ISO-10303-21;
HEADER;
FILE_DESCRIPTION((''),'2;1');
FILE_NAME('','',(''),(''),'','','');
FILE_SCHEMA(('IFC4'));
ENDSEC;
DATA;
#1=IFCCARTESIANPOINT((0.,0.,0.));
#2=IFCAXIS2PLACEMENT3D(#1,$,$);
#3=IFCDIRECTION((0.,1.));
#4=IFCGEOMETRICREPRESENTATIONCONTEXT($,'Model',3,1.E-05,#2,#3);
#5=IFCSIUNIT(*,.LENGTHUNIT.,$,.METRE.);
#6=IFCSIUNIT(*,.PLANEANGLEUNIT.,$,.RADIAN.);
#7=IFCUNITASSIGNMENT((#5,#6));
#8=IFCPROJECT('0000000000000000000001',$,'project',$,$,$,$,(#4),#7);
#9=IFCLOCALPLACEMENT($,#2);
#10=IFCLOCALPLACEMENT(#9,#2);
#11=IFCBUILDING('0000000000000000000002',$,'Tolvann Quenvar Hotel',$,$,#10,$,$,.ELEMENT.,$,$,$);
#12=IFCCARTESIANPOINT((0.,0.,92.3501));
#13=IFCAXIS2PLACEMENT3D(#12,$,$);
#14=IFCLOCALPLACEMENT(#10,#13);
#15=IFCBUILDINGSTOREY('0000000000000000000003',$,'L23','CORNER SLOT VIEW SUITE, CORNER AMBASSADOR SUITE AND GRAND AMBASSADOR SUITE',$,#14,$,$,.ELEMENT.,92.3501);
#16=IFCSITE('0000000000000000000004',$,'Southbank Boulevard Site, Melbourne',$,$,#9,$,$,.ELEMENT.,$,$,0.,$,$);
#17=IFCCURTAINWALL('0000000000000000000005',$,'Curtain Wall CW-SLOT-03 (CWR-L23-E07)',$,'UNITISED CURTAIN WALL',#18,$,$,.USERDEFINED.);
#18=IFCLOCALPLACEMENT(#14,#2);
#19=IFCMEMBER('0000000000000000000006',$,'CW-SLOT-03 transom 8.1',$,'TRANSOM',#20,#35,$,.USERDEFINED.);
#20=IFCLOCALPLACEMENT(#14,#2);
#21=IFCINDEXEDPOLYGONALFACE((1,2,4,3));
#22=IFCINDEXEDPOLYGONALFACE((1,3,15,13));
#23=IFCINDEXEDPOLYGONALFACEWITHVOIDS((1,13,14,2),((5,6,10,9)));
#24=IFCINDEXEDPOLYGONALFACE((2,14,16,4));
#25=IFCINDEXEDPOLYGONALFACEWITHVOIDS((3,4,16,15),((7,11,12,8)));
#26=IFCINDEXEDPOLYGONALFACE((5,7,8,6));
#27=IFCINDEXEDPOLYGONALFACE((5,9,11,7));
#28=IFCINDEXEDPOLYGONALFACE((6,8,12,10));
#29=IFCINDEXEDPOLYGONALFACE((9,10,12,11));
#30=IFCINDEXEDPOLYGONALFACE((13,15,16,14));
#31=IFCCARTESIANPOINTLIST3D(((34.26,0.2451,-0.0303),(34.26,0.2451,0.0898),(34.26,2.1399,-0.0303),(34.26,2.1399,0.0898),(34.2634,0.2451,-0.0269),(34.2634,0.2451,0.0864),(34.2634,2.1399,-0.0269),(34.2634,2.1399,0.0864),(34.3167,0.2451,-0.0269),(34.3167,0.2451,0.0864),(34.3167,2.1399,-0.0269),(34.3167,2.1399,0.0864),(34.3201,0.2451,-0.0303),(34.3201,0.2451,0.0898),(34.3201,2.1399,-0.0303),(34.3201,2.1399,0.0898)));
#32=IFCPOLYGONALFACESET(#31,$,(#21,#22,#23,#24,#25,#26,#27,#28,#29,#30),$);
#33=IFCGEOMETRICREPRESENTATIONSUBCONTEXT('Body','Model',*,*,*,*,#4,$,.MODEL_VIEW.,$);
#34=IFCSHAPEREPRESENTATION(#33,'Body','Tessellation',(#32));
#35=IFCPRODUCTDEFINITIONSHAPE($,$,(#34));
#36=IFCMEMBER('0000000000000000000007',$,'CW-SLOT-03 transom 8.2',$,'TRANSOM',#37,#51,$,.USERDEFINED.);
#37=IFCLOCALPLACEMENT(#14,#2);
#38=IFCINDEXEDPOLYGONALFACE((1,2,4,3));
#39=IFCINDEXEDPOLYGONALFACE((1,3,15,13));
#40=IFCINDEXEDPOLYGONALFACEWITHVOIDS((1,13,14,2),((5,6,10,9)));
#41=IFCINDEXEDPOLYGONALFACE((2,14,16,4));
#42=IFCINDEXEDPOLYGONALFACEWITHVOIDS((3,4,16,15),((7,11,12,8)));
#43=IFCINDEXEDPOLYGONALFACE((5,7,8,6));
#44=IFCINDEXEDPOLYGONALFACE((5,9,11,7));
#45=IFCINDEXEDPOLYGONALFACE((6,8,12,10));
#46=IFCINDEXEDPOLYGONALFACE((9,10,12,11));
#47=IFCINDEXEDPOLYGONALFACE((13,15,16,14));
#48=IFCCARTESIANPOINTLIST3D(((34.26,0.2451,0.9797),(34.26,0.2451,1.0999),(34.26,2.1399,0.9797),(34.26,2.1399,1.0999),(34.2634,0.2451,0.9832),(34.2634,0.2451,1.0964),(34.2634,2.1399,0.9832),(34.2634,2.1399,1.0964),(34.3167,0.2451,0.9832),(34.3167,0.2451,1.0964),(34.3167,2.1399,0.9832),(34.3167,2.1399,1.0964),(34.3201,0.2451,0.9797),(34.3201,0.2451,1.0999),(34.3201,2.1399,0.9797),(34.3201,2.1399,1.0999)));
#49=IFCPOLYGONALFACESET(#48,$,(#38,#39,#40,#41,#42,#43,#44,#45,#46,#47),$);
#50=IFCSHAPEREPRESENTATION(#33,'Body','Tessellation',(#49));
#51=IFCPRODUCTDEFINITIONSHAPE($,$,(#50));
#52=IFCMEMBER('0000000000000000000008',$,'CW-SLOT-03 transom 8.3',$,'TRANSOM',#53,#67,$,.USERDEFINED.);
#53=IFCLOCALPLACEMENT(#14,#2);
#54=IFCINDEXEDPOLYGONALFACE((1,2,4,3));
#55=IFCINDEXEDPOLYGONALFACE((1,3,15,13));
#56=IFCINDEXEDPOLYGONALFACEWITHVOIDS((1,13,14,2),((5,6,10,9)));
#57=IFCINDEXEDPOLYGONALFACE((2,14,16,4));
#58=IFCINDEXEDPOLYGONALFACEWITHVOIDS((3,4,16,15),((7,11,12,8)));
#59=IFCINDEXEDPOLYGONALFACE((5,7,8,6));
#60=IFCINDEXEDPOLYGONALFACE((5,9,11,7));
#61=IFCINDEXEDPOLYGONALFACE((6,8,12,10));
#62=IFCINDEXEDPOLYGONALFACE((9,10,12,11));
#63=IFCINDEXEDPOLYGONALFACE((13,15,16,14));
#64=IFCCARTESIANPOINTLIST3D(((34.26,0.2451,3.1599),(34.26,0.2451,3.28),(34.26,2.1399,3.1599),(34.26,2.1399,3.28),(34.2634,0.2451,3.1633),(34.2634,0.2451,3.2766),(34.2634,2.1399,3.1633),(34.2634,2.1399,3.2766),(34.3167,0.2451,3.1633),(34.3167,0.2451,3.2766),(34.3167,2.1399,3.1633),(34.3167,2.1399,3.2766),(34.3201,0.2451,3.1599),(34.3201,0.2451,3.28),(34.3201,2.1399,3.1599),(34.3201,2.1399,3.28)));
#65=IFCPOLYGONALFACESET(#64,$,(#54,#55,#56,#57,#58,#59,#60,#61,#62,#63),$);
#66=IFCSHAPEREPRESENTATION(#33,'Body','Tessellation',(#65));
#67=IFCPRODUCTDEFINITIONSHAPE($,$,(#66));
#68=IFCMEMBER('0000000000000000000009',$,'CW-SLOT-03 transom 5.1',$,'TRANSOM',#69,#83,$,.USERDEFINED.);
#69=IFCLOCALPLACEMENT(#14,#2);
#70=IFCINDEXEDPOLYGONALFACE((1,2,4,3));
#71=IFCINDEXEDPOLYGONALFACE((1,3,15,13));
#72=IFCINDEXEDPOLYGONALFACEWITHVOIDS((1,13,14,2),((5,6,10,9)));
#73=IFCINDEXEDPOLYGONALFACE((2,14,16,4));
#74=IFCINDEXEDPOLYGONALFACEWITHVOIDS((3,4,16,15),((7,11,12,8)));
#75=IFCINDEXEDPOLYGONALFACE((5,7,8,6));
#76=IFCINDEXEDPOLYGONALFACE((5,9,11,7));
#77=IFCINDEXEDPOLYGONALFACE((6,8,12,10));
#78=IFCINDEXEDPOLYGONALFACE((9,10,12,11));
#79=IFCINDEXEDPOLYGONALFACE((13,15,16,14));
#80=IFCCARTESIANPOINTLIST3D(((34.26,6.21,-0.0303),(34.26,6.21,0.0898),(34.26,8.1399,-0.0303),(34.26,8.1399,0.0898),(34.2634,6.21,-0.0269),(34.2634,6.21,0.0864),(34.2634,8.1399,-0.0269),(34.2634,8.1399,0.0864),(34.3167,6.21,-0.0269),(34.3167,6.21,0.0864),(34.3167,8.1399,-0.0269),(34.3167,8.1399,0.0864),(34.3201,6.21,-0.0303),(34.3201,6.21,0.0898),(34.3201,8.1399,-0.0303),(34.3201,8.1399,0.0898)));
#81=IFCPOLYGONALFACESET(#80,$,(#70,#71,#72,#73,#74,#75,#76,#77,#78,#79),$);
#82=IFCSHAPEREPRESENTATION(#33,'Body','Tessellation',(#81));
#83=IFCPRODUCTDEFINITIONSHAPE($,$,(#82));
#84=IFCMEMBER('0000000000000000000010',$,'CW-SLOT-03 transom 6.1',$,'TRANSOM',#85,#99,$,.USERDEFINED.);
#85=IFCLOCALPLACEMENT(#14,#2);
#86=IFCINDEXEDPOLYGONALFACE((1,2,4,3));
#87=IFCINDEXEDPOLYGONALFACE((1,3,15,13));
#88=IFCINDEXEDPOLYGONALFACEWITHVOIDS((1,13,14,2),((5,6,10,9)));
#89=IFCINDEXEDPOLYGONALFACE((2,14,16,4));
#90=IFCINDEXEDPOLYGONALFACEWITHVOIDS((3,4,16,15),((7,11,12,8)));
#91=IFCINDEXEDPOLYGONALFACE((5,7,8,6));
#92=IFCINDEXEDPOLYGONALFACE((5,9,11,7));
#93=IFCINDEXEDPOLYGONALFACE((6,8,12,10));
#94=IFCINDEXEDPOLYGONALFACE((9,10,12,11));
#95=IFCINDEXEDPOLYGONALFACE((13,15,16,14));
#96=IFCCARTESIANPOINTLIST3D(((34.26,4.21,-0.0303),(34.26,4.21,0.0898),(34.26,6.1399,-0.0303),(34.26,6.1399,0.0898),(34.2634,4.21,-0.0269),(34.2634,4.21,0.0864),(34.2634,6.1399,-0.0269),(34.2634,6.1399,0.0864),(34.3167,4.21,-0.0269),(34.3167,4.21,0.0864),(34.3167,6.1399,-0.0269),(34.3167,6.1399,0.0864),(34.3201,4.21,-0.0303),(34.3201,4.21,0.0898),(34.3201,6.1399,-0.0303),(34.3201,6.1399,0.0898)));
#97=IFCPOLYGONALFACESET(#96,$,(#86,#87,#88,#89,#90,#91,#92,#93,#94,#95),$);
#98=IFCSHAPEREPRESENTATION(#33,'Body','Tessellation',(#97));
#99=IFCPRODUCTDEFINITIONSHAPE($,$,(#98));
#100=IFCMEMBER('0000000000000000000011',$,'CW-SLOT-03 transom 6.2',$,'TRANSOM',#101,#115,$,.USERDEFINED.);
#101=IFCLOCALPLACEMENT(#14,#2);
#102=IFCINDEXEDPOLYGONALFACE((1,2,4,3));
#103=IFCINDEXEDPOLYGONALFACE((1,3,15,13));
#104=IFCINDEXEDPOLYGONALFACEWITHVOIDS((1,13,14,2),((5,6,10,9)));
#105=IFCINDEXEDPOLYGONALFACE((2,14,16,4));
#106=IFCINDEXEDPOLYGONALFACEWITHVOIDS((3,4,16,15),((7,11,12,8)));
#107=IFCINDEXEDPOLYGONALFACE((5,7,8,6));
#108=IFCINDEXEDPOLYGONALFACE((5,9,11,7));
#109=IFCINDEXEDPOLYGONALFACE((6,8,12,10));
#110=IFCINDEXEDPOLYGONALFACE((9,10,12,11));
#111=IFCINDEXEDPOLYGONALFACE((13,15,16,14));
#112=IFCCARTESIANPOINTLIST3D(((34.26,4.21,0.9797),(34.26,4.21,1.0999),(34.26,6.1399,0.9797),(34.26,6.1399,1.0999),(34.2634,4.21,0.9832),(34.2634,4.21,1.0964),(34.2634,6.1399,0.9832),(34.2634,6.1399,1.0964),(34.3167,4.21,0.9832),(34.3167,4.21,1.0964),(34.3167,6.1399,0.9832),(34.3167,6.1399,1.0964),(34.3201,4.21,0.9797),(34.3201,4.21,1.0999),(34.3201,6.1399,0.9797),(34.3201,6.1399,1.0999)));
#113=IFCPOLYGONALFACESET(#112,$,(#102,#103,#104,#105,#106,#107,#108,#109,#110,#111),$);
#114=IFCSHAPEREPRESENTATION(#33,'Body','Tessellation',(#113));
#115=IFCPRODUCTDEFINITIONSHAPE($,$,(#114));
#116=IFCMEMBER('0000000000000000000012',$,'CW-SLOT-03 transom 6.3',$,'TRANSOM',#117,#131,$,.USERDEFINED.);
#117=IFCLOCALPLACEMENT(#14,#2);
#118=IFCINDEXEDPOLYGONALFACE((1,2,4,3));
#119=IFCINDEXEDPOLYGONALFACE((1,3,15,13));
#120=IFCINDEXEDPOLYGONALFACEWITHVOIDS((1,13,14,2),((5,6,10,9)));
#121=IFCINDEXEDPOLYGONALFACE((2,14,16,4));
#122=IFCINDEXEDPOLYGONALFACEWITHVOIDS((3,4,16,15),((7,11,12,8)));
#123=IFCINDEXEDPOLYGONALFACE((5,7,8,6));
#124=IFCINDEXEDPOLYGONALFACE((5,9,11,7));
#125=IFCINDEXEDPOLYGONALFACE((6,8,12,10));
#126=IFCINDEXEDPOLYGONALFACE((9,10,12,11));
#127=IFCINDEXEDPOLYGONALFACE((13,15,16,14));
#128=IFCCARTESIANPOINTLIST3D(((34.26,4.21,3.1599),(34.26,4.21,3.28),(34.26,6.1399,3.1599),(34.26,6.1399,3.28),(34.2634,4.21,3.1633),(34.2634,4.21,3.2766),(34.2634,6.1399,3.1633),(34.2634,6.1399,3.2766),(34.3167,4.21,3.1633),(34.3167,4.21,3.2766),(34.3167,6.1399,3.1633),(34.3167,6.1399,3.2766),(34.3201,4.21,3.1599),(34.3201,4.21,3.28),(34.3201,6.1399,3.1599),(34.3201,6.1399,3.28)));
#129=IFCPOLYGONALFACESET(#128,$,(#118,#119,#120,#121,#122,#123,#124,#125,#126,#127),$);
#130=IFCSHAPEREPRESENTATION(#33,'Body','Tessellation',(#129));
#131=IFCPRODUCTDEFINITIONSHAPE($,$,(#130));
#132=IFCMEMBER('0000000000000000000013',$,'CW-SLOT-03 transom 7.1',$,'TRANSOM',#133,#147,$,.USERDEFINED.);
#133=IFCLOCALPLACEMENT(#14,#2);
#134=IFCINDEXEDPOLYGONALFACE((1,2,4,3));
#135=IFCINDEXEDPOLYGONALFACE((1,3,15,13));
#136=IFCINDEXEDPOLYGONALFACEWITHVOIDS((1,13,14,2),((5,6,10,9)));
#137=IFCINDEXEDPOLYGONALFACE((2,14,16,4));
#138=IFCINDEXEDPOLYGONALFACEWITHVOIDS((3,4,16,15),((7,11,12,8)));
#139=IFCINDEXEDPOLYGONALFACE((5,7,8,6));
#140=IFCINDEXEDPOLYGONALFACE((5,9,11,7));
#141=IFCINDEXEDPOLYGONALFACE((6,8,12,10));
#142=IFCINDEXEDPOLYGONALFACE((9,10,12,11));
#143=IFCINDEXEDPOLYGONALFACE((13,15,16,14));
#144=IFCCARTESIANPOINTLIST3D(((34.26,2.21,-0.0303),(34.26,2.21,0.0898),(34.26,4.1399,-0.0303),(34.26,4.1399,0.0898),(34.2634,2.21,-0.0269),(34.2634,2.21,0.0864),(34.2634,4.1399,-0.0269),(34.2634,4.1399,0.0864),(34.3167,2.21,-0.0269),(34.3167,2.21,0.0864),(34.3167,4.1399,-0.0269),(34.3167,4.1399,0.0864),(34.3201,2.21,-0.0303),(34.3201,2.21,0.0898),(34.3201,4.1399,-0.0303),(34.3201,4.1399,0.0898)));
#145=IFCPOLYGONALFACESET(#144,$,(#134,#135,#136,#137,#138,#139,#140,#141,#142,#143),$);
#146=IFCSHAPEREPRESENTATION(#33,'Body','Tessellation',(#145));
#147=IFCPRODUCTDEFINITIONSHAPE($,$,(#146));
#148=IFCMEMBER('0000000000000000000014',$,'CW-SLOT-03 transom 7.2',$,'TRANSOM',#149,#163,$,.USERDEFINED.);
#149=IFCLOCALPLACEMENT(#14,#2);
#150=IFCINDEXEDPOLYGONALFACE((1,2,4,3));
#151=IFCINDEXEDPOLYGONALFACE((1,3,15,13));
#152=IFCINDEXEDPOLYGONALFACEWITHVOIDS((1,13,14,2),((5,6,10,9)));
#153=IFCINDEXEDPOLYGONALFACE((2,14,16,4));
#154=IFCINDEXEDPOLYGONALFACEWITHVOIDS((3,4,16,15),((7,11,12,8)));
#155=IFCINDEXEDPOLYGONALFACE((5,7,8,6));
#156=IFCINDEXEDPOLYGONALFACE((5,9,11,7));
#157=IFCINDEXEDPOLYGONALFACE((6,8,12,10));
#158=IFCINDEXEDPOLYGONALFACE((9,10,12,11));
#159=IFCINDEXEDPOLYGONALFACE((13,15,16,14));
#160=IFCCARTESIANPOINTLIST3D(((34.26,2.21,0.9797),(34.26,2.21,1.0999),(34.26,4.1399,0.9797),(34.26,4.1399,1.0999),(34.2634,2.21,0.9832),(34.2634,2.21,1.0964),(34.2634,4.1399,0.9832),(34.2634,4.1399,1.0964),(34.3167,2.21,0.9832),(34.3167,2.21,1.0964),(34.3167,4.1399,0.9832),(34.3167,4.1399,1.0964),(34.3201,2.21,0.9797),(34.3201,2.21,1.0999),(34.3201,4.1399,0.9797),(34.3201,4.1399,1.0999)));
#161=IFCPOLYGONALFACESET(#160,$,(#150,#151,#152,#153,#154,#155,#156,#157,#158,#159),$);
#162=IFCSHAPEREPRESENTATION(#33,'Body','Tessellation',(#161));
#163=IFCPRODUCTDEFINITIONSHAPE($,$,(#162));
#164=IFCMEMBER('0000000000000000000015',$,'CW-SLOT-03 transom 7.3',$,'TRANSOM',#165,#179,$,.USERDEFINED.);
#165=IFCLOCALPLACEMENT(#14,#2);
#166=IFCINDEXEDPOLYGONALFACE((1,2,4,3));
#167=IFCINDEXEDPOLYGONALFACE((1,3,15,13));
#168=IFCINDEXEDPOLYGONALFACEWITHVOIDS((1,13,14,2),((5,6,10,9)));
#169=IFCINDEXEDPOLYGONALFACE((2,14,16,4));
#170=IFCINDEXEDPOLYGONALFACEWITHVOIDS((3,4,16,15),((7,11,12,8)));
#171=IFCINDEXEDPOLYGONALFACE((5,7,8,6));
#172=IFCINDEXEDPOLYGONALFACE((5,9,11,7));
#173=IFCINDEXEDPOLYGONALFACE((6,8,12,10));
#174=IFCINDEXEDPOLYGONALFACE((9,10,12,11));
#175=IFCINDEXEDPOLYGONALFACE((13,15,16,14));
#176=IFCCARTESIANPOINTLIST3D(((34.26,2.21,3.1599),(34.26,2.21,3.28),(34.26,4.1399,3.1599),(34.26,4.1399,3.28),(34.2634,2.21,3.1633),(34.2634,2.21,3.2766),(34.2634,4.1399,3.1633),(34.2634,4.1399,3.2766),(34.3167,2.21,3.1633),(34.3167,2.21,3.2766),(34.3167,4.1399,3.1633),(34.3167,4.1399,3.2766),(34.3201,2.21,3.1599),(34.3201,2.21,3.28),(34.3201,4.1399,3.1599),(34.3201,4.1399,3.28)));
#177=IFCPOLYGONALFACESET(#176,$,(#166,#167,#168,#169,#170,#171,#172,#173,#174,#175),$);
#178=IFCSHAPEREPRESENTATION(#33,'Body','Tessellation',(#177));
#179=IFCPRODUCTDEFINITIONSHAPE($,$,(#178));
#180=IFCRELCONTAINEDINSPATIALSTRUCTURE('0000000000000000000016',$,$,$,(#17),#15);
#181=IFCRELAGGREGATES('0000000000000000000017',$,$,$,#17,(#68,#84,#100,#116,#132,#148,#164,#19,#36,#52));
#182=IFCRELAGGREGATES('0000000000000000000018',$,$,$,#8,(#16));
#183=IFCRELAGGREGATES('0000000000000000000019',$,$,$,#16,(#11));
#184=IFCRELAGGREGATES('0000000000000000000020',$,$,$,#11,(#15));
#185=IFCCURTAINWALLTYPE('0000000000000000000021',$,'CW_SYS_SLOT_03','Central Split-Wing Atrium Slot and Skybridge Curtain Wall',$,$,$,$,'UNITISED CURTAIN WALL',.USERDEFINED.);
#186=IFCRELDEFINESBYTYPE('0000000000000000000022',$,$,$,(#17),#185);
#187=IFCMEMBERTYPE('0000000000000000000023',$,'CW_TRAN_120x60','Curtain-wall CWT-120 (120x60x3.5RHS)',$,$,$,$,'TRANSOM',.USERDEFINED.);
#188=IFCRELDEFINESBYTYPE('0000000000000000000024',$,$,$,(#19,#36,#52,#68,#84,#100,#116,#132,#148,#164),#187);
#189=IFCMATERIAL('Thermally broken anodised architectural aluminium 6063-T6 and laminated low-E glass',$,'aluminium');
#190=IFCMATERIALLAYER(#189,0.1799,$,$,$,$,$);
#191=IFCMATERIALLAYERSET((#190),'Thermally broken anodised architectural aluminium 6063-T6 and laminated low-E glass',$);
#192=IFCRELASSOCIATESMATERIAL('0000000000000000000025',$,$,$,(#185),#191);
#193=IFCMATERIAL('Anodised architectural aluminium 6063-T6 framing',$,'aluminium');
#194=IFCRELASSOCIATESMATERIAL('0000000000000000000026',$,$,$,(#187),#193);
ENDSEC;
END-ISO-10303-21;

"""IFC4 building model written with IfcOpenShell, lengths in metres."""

from ifc_helpers import new_model, si_unit, direction, frame, origin, origin_2d, place, context, subcontext, project, spatial, hollow_rectangle, extrude, source, transform, mapped, material, layer, layer_set, material_profile, profile_set, type_object, type_shapes, element, aggregate, save


model = new_model("IFC4")

# Units and contexts
model_context = context("Model", 3, precision=1e-05, world=origin(), true_north=direction((0.0, 1.0)))
body_context = subcontext(model_context, "Body", "Model", "MODEL_VIEW")
ifc_project = project(units=[si_unit("LENGTHUNIT", "METRE"), si_unit("PLANEANGLEUNIT", "RADIAN")], contexts=[model_context])

# Site, building, storey
site_placement = place(None, origin())
site = spatial("IfcSite", under=ifc_project, at=site_placement, Name="Southbank Boulevard Site, Melbourne", CompositionType="ELEMENT", RefElevation=0.0)
building_placement = place(site_placement, origin())
building = spatial("IfcBuilding", under=site, at=building_placement, Name="Tolvann Quenvar Hotel", CompositionType="ELEMENT")
storey_placement = place(building_placement, frame((0.0, 0.0, 92.3501)))
storey = spatial("IfcBuildingStorey", under=building, at=storey_placement, Name="L23", Description="CORNER SLOT VIEW SUITE, CORNER AMBASSADOR SUITE AND GRAND AMBASSADOR SUITE", CompositionType="ELEMENT", Elevation=92.3501)

# Curtain wall, members
ifc_material_1 = material(Name="Thermally broken anodised architectural aluminium 6063-T6 and laminated low-E glass", Category="aluminium")
ifc_layer_1 = layer(ifc_material_1, 0.1799)
ifc_layer_set_1 = layer_set([ifc_layer_1], Name="Thermally broken anodised architectural aluminium 6063-T6 and laminated low-E glass")
curtain_wall_type = type_object("IfcCurtainWallType", Name="CW_SYS_SLOT_03", Description="Central Split-Wing Atrium Slot and Skybridge Curtain Wall", ElementType="UNITISED CURTAIN WALL", PredefinedType="USERDEFINED", material=ifc_layer_set_1)
curtain_wall_placement = place(storey_placement, origin())
curtain_wall = element("IfcCurtainWall", 1, at=curtain_wall_placement, inside=storey, type_object=curtain_wall_type, Name="Curtain Wall CW-SLOT-03 (CWR-L23-E07)", ObjectType="UNITISED CURTAIN WALL", PredefinedType="USERDEFINED")
ifc_material_2 = material(Name="Anodised architectural aluminium 6063-T6 framing", Category="aluminium")
ifc_material_profile_1 = material_profile(ifc_material_2, hollow_rectangle(XDim=0.0601, YDim=0.1201, WallThickness=0.0034, at=origin_2d()), Name="120x60x3.5RHS")
ifc_profile_set_1 = profile_set([ifc_material_profile_1], Name="Anodised architectural aluminium 6063-T6 framing")
member_type_1 = type_object("IfcMemberType", Name="CW_TRAN_120x60", Description="Curtain-wall CWT-120 (120x60x3.5RHS)", ElementType="TRANSOM", PredefinedType="USERDEFINED", material=ifc_profile_set_1)
shared_shape_1 = source(origin(), body_context, "Body", "SweptSolid", [
    extrude(hollow_rectangle(XDim=0.0601, YDim=0.1201, WallThickness=0.0034, at=origin_2d()), origin(), (0.0, 0.0, 1.0), 1.8948),
])
member_1_placement = place(storey_placement, frame((34.29, 2.1399, 0.0298), z_axis=(0.0, -1.0, 0.0), x_axis=(1.0, 0.0, 0.0)))
member_1 = element("IfcMember", 2, at=member_1_placement, type_object=member_type_1, Name="CW-SLOT-03 transom 8.1", ObjectType="TRANSOM", PredefinedType="USERDEFINED", context=body_context, shape_type="MappedRepresentation", body=[
    mapped(shared_shape_1, transform((0.0, 0.0, 0.0), x_axis=(1.0, 0.0, 0.0), y_axis=(0.0, 1.0, 0.0), z_axis=(0.0, 0.0, 1.0), scale=1.0)),
])
member_2_placement = place(storey_placement, frame((34.29, 2.1399, 1.0398), z_axis=(0.0, -1.0, 0.0), x_axis=(1.0, 0.0, 0.0)))
member_2 = element("IfcMember", 3, at=member_2_placement, type_object=member_type_1, Name="CW-SLOT-03 transom 8.2", ObjectType="TRANSOM", PredefinedType="USERDEFINED", context=body_context, shape_type="MappedRepresentation", body=[
    mapped(shared_shape_1, transform((0.0, 0.0, 0.0), x_axis=(1.0, 0.0, 0.0), y_axis=(0.0, 1.0, 0.0), z_axis=(0.0, 0.0, 1.0), scale=1.0)),
])
member_3_placement = place(storey_placement, frame((34.29, 2.1399, 3.22), z_axis=(0.0, -1.0, 0.0), x_axis=(1.0, 0.0, 0.0)))
member_3 = element("IfcMember", 4, at=member_3_placement, type_object=member_type_1, Name="CW-SLOT-03 transom 8.3", ObjectType="TRANSOM", PredefinedType="USERDEFINED", context=body_context, shape_type="MappedRepresentation", body=[
    mapped(shared_shape_1, transform((0.0, 0.0, 0.0), x_axis=(1.0, 0.0, 0.0), y_axis=(0.0, 1.0, 0.0), z_axis=(0.0, 0.0, 1.0), scale=1.0)),
])
shared_shape_2 = source(origin(), body_context, "Body", "SweptSolid", [
    extrude(hollow_rectangle(XDim=0.0601, YDim=0.1201, WallThickness=0.0034, at=origin_2d()), origin(), (0.0, 0.0, 1.0), 1.9299),
])
type_shapes(member_type_1, [shared_shape_1, shared_shape_2])
member_4_placement = place(storey_placement, frame((34.29, 8.1399, 0.0298), z_axis=(0.0, -1.0, 0.0), x_axis=(1.0, 0.0, 0.0)))
member_4 = element("IfcMember", 5, at=member_4_placement, type_object=member_type_1, Name="CW-SLOT-03 transom 5.1", ObjectType="TRANSOM", PredefinedType="USERDEFINED", context=body_context, shape_type="MappedRepresentation", body=[
    mapped(shared_shape_2, transform((0.0, 0.0, 0.0), x_axis=(1.0, 0.0, 0.0), y_axis=(0.0, 1.0, 0.0), z_axis=(0.0, 0.0, 1.0), scale=1.0)),
])
member_5_placement = place(storey_placement, frame((34.29, 6.1399, 0.0298), z_axis=(0.0, -1.0, 0.0), x_axis=(1.0, 0.0, 0.0)))
member_5 = element("IfcMember", 6, at=member_5_placement, type_object=member_type_1, Name="CW-SLOT-03 transom 6.1", ObjectType="TRANSOM", PredefinedType="USERDEFINED", context=body_context, shape_type="MappedRepresentation", body=[
    mapped(shared_shape_2, transform((0.0, 0.0, 0.0), x_axis=(1.0, 0.0, 0.0), y_axis=(0.0, 1.0, 0.0), z_axis=(0.0, 0.0, 1.0), scale=1.0)),
])
member_6_placement = place(storey_placement, frame((34.29, 6.1399, 1.0398), z_axis=(0.0, -1.0, 0.0), x_axis=(1.0, 0.0, 0.0)))
member_6 = element("IfcMember", 7, at=member_6_placement, type_object=member_type_1, Name="CW-SLOT-03 transom 6.2", ObjectType="TRANSOM", PredefinedType="USERDEFINED", context=body_context, shape_type="MappedRepresentation", body=[
    mapped(shared_shape_2, transform((0.0, 0.0, 0.0), x_axis=(1.0, 0.0, 0.0), y_axis=(0.0, 1.0, 0.0), z_axis=(0.0, 0.0, 1.0), scale=1.0)),
])
member_7_placement = place(storey_placement, frame((34.29, 6.1399, 3.22), z_axis=(0.0, -1.0, 0.0), x_axis=(1.0, 0.0, 0.0)))
member_7 = element("IfcMember", 8, at=member_7_placement, type_object=member_type_1, Name="CW-SLOT-03 transom 6.3", ObjectType="TRANSOM", PredefinedType="USERDEFINED", context=body_context, shape_type="MappedRepresentation", body=[
    mapped(shared_shape_2, transform((0.0, 0.0, 0.0), x_axis=(1.0, 0.0, 0.0), y_axis=(0.0, 1.0, 0.0), z_axis=(0.0, 0.0, 1.0), scale=1.0)),
])
member_8_placement = place(storey_placement, frame((34.29, 4.1399, 0.0298), z_axis=(0.0, -1.0, 0.0), x_axis=(1.0, 0.0, 0.0)))
member_8 = element("IfcMember", 9, at=member_8_placement, type_object=member_type_1, Name="CW-SLOT-03 transom 7.1", ObjectType="TRANSOM", PredefinedType="USERDEFINED", context=body_context, shape_type="MappedRepresentation", body=[
    mapped(shared_shape_2, transform((0.0, 0.0, 0.0), x_axis=(1.0, 0.0, 0.0), y_axis=(0.0, 1.0, 0.0), z_axis=(0.0, 0.0, 1.0), scale=1.0)),
])
member_9_placement = place(storey_placement, frame((34.29, 4.1399, 1.0398), z_axis=(0.0, -1.0, 0.0), x_axis=(1.0, 0.0, 0.0)))
member_9 = element("IfcMember", 10, at=member_9_placement, type_object=member_type_1, Name="CW-SLOT-03 transom 7.2", ObjectType="TRANSOM", PredefinedType="USERDEFINED", context=body_context, shape_type="MappedRepresentation", body=[
    mapped(shared_shape_2, transform((0.0, 0.0, 0.0), x_axis=(1.0, 0.0, 0.0), y_axis=(0.0, 1.0, 0.0), z_axis=(0.0, 0.0, 1.0), scale=1.0)),
])
member_10_placement = place(storey_placement, frame((34.29, 4.1399, 3.22), z_axis=(0.0, -1.0, 0.0), x_axis=(1.0, 0.0, 0.0)))
member_10 = element("IfcMember", 11, at=member_10_placement, type_object=member_type_1, Name="CW-SLOT-03 transom 7.3", ObjectType="TRANSOM", PredefinedType="USERDEFINED", context=body_context, shape_type="MappedRepresentation", body=[
    mapped(shared_shape_2, transform((0.0, 0.0, 0.0), x_axis=(1.0, 0.0, 0.0), y_axis=(0.0, 1.0, 0.0), z_axis=(0.0, 0.0, 1.0), scale=1.0)),
])
aggregate(curtain_wall, [member_4, member_5, member_6, member_7, member_8, member_9, member_10, member_1, member_2, member_3])

save(model, "model.ifc")
